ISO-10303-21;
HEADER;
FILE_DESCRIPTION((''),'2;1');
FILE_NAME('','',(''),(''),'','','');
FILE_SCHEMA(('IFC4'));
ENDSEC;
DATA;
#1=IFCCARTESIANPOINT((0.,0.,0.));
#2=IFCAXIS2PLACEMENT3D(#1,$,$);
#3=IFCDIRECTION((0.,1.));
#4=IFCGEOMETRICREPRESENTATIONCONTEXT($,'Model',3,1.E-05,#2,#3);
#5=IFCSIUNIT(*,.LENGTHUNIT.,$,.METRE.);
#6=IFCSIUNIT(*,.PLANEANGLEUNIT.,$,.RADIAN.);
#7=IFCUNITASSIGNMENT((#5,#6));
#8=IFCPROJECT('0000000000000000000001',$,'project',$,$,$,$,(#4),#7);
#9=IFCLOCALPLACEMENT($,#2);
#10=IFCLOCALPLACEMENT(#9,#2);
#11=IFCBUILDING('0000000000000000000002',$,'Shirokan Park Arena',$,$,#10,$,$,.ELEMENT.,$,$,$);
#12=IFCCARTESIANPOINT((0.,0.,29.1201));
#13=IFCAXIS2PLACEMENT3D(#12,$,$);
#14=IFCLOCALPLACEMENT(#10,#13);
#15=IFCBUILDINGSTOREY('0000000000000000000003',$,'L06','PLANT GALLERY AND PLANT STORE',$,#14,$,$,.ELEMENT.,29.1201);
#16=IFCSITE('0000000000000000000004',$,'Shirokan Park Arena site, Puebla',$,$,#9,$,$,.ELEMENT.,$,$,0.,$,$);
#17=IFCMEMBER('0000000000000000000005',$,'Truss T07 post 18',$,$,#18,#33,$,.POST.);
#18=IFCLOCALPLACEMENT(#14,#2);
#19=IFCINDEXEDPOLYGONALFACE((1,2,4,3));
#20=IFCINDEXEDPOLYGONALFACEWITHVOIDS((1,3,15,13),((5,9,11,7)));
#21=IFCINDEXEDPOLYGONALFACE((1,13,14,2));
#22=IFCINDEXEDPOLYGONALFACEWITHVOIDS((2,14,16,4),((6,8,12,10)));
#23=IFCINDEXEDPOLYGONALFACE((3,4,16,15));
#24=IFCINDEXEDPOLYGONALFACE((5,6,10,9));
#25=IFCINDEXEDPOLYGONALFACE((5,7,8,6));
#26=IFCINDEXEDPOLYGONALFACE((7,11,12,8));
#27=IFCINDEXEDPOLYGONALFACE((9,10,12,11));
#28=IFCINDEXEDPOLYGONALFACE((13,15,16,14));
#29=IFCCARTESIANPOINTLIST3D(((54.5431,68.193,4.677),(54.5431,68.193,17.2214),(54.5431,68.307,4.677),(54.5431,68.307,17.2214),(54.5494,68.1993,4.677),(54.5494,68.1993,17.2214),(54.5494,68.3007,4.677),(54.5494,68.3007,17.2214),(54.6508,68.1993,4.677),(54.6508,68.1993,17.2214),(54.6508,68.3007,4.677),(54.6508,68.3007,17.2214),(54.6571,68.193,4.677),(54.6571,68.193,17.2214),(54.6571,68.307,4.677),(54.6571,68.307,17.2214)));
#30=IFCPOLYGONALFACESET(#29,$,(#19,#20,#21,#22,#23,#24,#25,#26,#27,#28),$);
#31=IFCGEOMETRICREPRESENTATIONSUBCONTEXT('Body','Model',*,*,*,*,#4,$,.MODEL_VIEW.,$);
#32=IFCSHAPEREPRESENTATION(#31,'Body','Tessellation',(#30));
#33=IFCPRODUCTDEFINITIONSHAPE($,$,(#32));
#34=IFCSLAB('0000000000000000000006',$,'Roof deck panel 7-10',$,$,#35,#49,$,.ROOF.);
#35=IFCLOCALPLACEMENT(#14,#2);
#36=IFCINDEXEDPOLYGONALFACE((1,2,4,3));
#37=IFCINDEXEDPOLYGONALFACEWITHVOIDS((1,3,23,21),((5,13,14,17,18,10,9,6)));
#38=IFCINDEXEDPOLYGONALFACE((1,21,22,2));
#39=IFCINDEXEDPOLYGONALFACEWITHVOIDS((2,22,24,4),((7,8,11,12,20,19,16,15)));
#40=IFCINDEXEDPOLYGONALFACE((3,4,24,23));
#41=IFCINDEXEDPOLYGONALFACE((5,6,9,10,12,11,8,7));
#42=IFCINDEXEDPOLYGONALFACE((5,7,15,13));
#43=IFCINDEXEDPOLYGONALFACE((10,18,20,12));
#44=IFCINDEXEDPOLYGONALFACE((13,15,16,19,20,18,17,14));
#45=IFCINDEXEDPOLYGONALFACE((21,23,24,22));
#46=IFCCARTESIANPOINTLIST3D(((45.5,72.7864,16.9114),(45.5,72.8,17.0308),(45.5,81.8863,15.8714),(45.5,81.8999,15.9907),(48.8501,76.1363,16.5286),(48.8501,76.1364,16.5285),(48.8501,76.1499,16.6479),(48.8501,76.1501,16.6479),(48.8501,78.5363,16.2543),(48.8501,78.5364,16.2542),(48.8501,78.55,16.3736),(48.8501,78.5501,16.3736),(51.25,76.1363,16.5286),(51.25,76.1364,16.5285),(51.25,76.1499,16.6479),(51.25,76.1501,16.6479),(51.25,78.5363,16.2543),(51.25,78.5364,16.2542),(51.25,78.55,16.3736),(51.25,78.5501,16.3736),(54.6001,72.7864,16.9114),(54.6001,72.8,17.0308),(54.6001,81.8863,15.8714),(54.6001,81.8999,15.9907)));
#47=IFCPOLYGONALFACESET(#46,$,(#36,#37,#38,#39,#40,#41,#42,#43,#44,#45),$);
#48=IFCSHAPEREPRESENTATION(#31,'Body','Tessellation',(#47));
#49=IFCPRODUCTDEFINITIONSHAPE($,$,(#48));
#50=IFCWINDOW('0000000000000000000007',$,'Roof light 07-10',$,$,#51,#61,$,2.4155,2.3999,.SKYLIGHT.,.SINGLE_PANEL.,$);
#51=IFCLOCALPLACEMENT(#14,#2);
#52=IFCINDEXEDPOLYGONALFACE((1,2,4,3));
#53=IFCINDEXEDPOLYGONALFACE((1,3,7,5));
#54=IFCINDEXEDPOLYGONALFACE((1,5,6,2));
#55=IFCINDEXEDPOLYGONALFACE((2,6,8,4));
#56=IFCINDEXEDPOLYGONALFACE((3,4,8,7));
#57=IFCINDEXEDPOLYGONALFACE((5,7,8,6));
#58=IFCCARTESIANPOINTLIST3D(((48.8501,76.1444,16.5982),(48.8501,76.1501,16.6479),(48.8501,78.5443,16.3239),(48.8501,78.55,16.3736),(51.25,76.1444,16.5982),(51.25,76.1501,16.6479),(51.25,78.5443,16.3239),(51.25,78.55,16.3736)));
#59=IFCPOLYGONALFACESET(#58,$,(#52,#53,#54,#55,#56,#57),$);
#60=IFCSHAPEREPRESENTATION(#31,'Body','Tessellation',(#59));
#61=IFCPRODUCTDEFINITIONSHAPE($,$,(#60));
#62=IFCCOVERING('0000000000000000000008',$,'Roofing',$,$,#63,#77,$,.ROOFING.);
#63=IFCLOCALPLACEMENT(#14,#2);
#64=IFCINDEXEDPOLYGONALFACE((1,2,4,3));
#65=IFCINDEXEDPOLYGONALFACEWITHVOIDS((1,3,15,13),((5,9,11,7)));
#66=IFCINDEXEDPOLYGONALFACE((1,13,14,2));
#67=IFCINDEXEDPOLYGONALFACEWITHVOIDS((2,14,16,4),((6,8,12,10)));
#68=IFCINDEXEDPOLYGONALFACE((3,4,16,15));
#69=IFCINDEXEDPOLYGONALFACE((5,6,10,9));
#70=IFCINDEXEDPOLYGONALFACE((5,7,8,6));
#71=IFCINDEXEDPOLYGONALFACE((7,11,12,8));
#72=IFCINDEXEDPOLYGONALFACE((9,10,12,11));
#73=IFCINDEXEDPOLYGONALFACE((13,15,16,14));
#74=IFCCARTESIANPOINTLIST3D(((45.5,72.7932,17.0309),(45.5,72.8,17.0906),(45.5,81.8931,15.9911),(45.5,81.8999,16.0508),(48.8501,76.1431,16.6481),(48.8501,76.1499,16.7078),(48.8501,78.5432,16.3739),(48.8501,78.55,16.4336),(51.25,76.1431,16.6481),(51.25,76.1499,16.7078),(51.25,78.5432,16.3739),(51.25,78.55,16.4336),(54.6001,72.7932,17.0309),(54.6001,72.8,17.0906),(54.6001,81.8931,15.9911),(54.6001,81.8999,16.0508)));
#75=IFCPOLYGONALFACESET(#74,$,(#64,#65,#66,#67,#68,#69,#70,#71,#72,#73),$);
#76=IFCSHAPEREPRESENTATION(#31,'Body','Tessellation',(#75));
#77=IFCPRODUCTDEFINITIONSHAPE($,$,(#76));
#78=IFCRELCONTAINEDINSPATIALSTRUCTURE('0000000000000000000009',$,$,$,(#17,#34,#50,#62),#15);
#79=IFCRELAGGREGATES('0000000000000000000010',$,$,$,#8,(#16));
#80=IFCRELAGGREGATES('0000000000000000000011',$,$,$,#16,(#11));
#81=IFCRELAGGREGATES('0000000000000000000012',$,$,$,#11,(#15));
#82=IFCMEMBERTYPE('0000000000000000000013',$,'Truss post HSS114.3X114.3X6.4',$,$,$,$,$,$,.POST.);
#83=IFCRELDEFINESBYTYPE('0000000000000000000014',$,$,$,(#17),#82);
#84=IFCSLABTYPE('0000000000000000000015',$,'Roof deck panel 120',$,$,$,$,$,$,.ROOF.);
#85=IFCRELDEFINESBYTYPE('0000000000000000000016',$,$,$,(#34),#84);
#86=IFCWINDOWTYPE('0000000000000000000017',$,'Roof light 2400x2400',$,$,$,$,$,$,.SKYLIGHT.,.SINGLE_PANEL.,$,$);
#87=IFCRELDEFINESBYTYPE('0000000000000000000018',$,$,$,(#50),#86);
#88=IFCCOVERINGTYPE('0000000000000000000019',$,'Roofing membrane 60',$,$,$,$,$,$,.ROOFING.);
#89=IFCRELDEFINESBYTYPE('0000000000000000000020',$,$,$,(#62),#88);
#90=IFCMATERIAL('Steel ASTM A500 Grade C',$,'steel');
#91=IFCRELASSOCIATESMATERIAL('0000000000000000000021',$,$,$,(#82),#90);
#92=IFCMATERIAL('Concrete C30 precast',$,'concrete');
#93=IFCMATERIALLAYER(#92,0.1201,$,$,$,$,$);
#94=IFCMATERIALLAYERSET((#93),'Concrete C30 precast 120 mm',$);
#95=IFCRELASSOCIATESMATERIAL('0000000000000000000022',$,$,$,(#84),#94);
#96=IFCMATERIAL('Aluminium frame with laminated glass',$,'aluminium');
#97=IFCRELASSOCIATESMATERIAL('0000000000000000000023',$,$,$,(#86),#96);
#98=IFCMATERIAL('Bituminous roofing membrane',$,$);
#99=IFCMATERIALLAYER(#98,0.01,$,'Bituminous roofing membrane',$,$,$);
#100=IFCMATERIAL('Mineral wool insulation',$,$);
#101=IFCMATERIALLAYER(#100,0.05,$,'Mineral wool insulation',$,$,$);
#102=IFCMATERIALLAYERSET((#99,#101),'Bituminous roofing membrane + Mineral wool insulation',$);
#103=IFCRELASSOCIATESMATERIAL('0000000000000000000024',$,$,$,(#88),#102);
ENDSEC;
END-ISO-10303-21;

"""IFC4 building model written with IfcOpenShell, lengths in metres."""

from ifc_helpers import new_model, si_unit, direction, frame, origin, origin_2d, place, context, subcontext, project, spatial, polyline, rectangle, hollow_rectangle, outline, extrude, material, layer, layer_set, material_profile, profile_set, type_object, element, fill, save


model = new_model("IFC4")

# Units and contexts
model_context = context("Model", 3, precision=1e-05, world=origin(), true_north=direction((0.0, 1.0)))
body_context = subcontext(model_context, "Body", "Model", "MODEL_VIEW")
ifc_project = project(units=[si_unit("LENGTHUNIT", "METRE"), si_unit("PLANEANGLEUNIT", "RADIAN")], contexts=[model_context])

# Site, building, storey
site_placement = place(None, origin())
site = spatial("IfcSite", under=ifc_project, at=site_placement, Name="Shirokan Park Arena site, Puebla", CompositionType="ELEMENT", RefElevation=0.0)
building_placement = place(site_placement, origin())
building = spatial("IfcBuilding", under=site, at=building_placement, Name="Shirokan Park Arena", CompositionType="ELEMENT")
storey_placement = place(building_placement, frame((0.0, 0.0, 29.1201)))
storey = spatial("IfcBuildingStorey", under=building, at=storey_placement, Name="L06", Description="PLANT GALLERY AND PLANT STORE", CompositionType="ELEMENT", Elevation=29.1201)

# Member
ifc_material_1 = material(Name="Steel ASTM A500 Grade C", Category="steel")
ifc_material_profile_1 = material_profile(ifc_material_1, hollow_rectangle(XDim=0.114, YDim=0.114, WallThickness=0.0063, at=origin_2d()), Name="HSS114.3X114.3X6.4")
ifc_profile_set_1 = profile_set([ifc_material_profile_1], Name="Steel ASTM A500 Grade C")
member_type_1 = type_object("IfcMemberType", Name="Truss post HSS114.3X114.3X6.4", PredefinedType="POST", material=ifc_profile_set_1)
member_1_placement = place(storey_placement, frame((54.6001, 68.25, 4.677), z_axis=(0.0, 0.0, 1.0), x_axis=(1.0, 0.0, 0.0)))
element("IfcMember", 1, at=member_1_placement, inside=storey, type_object=member_type_1, Name="Truss T07 post 18", PredefinedType="POST", context=body_context, shape_type="SweptSolid", body=[
    extrude(hollow_rectangle(XDim=0.114, YDim=0.114, WallThickness=0.0063, at=origin_2d()), origin(), (0.0, 0.0, 1.0), 12.5444),
])

# Slab, opening, window
ifc_material_2 = material(Name="Concrete C30 precast", Category="concrete")
ifc_layer_1 = layer(ifc_material_2, 0.1201)
ifc_layer_set_1 = layer_set([ifc_layer_1], Name="Concrete C30 precast 120 mm")
slab_type = type_object("IfcSlabType", Name="Roof deck panel 120", PredefinedType="ROOF", material=ifc_layer_set_1)
slab_placement = place(storey_placement, frame((45.5, 72.8, 17.0308), z_axis=(0.0, 0.113553, 0.993532), x_axis=(1.0, 0.0, 0.0)))
slab = element("IfcSlab", 2, at=slab_placement, inside=storey, type_object=slab_type, Name="Roof deck panel 7-10", PredefinedType="ROOF", context=body_context, shape_type="SweptSolid", body=[
    extrude(outline(polyline([(0.0, 0.0), (9.1001, 0.0), (9.1001, 9.1591), (0.0, 9.1591), (0.0, 0.0)]), holes=[polyline([(3.3501, 3.3717), (5.75, 3.3717), (5.75, 5.7874), (3.3501, 5.7874), (3.3501, 3.3717)])]), origin(), (0.0, 0.0, -1.0), 0.1201),
])
opening_placement = place(slab_placement, frame((4.55, 4.5796, 0.01)))
opening = element("IfcOpeningElement", 3, at=opening_placement, cuts=slab, PredefinedType="OPENING", context=body_context, shape_type="SweptSolid", body=[
    extrude(rectangle(XDim=2.3999, YDim=2.4155, at=origin_2d()), origin(), (0.0, 0.0, -1.0), 0.1399),
])
ifc_material_3 = material(Name="Aluminium frame with laminated glass", Category="aluminium")
window_type = type_object("IfcWindowType", Name="Roof light 2400x2400", PartitioningType="SINGLE_PANEL", PredefinedType="SKYLIGHT", material=ifc_material_3)
window_placement = place(opening_placement, frame((0.0, 0.0, -0.0601)))
window = element("IfcWindow", 4, at=window_placement, inside=storey, type_object=window_type, Name="Roof light 07-10", OverallHeight=2.4155, OverallWidth=2.3999, PartitioningType="SINGLE_PANEL", PredefinedType="SKYLIGHT", context=body_context, shape_type="SweptSolid", body=[
    extrude(rectangle(XDim=2.3999, YDim=2.4155, at=origin_2d()), origin(), (0.0, 0.0, 1.0), 0.05),
])
fill(opening, window)

# Covering
ifc_material_4 = material(Name="Bituminous roofing membrane")
ifc_layer_2 = layer(ifc_material_4, 0.01, Name="Bituminous roofing membrane")
ifc_material_5 = material(Name="Mineral wool insulation")
ifc_layer_3 = layer(ifc_material_5, 0.05, Name="Mineral wool insulation")
ifc_layer_set_2 = layer_set([ifc_layer_2, ifc_layer_3], Name="Bituminous roofing membrane + Mineral wool insulation")
covering_type = type_object("IfcCoveringType", Name="Roofing membrane 60", PredefinedType="ROOFING", material=ifc_layer_set_2)
covering_placement = place(storey_placement, frame((45.5, 72.8, 17.0906), z_axis=(0.0, 0.113526, 0.993535), x_axis=(1.0, 0.0, 0.0)))
element("IfcCovering", 5, at=covering_placement, inside=storey, type_object=covering_type, Name="Roofing", PredefinedType="ROOFING", context=body_context, shape_type="SweptSolid", body=[
    extrude(outline(polyline([(0.0, 0.0), (9.1001, 0.0), (9.1001, 9.1591), (0.0, 9.1591), (0.0, 0.0)]), holes=[polyline([(5.75, 3.3717), (5.75, 5.7874), (3.3501, 5.7874), (3.3501, 3.3717), (5.75, 3.3717)])]), origin(), (0.0, 0.0, -1.0), 0.0601),
])

save(model, "model.ifc")
